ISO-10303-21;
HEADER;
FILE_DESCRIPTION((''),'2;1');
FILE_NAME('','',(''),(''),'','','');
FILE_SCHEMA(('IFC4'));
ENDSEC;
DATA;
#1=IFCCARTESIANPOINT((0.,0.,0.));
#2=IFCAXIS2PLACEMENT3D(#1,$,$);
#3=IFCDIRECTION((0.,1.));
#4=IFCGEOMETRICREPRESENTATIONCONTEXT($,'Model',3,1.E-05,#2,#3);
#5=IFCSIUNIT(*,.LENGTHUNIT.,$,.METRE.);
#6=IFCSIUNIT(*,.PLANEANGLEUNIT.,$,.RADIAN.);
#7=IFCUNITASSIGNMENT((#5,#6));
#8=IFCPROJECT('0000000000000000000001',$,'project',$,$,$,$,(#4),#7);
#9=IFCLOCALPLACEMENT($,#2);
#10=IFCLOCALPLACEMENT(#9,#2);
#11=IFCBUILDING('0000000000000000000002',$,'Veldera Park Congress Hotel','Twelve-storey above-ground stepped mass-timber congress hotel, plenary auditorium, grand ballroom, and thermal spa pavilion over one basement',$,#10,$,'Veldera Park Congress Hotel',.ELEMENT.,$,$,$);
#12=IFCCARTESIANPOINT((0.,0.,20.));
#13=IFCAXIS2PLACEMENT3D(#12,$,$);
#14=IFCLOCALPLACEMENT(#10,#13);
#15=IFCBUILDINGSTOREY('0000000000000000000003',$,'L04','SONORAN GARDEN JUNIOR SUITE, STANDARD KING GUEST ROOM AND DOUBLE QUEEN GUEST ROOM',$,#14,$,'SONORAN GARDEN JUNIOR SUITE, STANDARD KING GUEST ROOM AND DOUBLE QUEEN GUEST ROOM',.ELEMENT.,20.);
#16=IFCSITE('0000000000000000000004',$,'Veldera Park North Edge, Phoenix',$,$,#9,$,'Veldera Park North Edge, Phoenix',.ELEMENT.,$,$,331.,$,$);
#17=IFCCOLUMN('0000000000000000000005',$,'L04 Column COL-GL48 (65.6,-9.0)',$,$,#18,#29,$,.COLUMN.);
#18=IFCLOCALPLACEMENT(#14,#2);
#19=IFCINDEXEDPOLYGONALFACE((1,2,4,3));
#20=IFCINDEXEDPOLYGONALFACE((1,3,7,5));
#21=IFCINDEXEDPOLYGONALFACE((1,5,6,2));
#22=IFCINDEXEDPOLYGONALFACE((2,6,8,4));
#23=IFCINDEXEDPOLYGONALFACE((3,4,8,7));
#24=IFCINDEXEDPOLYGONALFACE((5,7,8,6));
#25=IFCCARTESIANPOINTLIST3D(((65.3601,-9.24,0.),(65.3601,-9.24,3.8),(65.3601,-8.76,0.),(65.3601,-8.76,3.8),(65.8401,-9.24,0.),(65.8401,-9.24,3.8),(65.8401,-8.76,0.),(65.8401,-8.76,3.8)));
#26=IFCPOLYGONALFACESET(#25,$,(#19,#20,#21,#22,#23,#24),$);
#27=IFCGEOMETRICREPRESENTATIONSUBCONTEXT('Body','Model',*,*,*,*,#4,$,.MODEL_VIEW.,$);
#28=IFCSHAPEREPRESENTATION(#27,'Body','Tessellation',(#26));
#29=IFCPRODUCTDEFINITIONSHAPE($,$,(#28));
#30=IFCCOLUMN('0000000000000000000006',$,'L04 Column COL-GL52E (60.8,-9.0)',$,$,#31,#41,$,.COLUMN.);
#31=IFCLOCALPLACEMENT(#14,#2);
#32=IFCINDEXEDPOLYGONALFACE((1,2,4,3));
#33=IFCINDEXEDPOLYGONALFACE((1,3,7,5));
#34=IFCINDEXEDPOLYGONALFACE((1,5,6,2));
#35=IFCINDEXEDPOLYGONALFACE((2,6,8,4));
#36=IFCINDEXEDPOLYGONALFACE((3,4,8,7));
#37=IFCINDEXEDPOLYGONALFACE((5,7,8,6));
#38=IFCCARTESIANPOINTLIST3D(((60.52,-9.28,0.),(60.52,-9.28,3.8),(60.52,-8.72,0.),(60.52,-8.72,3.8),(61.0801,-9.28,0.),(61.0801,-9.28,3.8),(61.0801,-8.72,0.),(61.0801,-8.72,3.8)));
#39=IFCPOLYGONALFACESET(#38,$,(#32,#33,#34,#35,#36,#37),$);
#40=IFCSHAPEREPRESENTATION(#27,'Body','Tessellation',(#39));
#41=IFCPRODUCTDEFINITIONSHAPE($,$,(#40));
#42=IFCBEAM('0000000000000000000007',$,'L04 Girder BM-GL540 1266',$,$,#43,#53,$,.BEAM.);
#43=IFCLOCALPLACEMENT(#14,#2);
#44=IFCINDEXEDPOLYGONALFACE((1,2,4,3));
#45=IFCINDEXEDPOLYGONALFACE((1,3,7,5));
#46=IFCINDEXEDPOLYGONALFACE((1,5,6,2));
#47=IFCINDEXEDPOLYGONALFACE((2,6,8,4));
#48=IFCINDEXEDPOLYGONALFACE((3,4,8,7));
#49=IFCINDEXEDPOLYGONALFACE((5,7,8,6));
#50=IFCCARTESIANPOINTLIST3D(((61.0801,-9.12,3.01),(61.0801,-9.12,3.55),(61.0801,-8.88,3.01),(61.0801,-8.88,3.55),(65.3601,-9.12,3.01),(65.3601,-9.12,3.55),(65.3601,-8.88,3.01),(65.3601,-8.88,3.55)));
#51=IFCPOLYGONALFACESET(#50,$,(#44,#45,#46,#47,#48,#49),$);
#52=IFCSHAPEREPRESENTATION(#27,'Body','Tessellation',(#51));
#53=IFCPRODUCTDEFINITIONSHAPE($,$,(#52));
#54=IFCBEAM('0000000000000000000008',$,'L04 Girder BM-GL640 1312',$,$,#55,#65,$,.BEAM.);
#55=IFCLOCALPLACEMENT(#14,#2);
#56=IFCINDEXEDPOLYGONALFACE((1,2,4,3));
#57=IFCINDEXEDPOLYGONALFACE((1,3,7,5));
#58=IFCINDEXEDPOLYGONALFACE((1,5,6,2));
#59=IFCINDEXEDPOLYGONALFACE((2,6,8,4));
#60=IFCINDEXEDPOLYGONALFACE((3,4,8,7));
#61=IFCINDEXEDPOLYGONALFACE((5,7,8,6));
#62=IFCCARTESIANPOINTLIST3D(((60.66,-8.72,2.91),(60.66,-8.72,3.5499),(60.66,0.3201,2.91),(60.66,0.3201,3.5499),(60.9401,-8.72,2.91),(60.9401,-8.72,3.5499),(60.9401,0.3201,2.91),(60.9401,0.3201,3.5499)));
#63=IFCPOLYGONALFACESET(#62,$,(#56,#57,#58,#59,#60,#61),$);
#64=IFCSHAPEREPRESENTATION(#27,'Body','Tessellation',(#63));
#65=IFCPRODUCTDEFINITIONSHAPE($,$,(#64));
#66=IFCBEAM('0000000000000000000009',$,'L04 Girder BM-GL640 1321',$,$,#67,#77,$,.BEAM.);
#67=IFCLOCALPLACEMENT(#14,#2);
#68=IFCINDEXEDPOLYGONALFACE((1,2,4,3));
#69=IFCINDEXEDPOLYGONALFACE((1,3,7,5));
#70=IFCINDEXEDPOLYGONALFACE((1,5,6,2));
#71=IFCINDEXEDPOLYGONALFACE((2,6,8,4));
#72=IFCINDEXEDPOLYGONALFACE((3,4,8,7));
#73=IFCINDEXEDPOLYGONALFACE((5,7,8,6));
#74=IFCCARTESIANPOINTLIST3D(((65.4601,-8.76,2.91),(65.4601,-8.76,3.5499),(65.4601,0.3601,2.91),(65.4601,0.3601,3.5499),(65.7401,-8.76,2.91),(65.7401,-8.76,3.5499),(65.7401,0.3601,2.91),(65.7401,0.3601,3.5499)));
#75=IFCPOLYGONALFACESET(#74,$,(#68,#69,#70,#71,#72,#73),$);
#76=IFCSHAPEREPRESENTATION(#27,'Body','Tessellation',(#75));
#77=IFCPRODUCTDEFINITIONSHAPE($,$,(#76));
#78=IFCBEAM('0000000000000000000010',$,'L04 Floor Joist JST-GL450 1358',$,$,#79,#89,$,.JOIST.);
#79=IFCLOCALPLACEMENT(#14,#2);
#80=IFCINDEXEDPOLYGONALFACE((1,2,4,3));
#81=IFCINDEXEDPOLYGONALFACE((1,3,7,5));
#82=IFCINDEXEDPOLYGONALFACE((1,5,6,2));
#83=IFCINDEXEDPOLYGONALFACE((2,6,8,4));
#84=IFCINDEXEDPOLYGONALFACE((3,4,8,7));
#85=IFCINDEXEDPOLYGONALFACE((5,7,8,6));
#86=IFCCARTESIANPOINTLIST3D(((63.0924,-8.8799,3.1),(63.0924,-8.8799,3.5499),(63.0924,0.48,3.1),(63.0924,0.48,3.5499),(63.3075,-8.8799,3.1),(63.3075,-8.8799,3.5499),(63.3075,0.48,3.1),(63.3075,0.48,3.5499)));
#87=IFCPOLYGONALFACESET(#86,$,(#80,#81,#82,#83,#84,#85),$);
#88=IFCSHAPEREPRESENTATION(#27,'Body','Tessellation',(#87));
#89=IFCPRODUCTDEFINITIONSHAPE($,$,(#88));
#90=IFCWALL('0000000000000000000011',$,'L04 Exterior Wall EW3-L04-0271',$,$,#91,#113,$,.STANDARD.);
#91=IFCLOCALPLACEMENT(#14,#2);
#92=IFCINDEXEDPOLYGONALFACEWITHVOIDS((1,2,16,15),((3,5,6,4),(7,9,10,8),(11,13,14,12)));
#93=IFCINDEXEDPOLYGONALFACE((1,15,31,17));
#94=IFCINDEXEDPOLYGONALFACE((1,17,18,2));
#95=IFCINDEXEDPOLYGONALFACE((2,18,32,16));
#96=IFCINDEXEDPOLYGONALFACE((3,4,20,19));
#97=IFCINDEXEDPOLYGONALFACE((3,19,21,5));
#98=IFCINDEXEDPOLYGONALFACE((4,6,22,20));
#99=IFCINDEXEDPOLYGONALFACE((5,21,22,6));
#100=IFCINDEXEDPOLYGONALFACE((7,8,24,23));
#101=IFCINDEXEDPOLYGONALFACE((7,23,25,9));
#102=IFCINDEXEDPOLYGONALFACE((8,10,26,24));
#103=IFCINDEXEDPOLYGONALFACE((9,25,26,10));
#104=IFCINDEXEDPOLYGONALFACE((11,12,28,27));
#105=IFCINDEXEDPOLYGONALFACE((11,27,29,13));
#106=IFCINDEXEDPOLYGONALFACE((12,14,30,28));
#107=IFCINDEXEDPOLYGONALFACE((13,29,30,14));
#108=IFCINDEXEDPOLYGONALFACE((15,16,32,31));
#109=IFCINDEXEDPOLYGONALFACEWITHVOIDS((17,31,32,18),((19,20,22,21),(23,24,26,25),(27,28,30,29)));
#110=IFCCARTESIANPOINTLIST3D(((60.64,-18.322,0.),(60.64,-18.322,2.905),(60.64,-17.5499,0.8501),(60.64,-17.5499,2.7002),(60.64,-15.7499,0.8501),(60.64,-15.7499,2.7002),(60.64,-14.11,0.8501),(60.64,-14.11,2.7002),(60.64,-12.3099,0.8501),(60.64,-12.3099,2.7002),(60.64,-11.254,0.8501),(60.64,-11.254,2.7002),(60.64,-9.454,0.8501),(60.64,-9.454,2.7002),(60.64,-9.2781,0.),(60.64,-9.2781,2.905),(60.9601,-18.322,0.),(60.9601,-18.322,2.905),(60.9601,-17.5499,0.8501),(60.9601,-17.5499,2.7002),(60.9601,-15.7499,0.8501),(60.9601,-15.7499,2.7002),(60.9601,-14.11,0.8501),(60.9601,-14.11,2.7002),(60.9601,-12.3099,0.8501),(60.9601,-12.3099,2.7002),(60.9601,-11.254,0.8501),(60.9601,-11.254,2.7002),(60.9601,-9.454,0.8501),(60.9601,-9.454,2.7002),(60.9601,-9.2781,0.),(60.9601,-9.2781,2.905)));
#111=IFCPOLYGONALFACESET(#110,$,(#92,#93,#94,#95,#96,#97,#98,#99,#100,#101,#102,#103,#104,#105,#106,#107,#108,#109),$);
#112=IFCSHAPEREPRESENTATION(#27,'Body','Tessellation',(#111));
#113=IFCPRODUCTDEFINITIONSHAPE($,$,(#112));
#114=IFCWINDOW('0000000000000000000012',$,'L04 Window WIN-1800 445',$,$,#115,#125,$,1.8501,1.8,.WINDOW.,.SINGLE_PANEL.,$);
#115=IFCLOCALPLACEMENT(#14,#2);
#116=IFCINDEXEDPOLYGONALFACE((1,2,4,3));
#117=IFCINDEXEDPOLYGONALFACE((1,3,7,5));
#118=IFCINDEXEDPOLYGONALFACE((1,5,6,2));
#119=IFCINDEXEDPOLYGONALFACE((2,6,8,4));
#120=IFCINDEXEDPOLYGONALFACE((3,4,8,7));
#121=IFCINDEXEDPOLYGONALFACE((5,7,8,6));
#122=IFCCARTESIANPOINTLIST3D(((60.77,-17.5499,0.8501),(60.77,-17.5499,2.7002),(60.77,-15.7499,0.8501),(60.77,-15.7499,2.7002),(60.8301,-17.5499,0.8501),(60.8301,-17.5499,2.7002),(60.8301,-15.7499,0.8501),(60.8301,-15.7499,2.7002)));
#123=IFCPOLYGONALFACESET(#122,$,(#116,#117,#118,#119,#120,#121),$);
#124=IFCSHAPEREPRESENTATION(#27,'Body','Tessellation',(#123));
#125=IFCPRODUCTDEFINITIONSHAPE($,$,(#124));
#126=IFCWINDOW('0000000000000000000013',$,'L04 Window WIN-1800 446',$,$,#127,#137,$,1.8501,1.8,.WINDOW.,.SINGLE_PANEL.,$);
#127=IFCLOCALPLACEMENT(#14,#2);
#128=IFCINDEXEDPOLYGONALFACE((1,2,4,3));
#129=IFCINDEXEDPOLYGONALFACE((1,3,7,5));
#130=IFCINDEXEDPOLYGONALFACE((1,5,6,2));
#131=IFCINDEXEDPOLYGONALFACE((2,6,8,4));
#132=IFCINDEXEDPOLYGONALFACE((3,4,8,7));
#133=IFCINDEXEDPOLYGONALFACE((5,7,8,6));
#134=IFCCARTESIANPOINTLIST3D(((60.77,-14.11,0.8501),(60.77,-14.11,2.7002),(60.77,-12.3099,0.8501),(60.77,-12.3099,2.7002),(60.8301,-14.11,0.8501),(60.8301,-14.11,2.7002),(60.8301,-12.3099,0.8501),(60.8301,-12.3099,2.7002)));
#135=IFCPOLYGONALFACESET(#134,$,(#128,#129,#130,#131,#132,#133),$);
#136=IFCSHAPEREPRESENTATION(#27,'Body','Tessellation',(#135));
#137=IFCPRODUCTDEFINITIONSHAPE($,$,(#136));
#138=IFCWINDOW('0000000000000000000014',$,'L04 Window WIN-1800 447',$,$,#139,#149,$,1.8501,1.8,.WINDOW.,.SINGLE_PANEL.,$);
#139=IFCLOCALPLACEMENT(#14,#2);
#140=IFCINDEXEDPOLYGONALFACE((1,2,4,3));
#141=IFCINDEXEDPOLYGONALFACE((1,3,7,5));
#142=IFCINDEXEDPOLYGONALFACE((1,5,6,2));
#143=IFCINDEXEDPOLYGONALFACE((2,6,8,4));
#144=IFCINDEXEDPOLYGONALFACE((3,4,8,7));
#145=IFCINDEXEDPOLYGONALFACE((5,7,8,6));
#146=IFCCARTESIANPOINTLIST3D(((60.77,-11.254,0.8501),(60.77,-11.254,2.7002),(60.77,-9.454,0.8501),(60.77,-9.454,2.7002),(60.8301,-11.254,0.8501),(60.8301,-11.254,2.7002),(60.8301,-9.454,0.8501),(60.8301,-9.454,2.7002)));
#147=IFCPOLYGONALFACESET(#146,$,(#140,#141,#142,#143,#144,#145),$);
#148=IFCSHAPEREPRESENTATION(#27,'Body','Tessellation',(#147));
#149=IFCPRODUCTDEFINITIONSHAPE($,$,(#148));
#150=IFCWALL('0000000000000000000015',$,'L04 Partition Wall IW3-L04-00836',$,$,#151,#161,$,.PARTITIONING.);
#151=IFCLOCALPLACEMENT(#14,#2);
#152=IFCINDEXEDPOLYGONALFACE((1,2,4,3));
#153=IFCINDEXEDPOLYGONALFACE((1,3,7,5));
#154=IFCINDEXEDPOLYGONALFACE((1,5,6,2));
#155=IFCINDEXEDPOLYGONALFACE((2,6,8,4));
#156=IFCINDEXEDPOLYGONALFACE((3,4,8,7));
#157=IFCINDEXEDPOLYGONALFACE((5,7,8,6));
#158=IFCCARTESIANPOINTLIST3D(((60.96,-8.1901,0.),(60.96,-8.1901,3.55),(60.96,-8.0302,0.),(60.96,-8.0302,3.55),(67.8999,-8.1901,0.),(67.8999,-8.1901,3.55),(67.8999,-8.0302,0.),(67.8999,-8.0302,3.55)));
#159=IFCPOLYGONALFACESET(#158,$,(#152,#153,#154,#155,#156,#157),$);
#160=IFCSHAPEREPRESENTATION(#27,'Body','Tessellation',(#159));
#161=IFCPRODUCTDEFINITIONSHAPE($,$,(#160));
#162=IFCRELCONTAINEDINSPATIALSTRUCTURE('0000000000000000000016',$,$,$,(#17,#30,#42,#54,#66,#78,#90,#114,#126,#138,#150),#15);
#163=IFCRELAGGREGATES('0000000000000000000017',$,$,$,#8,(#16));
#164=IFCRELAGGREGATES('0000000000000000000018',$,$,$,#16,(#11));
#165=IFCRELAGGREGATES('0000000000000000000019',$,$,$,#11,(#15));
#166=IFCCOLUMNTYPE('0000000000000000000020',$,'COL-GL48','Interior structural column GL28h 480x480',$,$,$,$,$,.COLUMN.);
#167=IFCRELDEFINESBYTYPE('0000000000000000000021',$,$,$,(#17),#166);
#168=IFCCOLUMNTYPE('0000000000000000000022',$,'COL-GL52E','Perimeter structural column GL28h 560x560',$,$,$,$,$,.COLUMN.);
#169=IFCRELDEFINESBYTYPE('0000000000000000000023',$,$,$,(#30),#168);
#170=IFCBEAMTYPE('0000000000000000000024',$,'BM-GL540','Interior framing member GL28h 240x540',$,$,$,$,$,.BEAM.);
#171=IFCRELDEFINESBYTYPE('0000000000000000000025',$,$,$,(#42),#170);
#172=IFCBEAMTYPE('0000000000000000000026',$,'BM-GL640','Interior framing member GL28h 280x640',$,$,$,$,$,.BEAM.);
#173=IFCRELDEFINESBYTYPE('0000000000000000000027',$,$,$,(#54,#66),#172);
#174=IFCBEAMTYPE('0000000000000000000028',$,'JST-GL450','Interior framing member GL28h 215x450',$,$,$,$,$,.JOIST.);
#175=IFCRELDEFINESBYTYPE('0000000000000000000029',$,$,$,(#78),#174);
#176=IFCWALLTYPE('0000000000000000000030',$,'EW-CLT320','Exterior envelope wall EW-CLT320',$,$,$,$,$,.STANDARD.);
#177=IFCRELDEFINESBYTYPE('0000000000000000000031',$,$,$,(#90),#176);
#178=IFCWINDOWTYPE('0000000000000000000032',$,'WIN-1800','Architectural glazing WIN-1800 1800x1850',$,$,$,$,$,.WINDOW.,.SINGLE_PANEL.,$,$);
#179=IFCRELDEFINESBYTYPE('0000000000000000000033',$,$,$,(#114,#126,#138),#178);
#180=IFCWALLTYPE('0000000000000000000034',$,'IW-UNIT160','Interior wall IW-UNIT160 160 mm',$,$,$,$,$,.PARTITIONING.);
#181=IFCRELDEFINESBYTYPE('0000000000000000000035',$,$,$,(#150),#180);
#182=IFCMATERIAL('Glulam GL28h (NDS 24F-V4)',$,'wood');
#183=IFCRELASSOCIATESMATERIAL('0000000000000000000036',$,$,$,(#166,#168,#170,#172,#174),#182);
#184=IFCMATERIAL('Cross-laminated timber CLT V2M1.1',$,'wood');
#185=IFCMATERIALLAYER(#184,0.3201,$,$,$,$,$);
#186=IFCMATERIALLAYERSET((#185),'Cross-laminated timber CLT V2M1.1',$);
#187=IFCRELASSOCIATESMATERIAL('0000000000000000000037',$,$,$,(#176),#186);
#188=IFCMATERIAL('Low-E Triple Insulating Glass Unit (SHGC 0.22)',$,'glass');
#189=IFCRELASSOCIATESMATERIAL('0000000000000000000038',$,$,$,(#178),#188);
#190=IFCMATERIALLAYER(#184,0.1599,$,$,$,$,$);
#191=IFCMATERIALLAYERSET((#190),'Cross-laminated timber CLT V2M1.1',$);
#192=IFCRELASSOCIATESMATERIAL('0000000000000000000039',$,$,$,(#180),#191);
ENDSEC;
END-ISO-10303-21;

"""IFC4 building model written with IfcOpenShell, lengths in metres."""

from ifc_helpers import new_model, si_unit, direction, frame, frame_2d, origin, origin_2d, place, context, subcontext, project, spatial, rectangle, extrude, material, layer, layer_set, material_profile, profile_set, type_object, element, fill, save


model = new_model("IFC4")

# Units and contexts
model_context = context("Model", 3, precision=1e-05, world=origin(), true_north=direction((0.0, 1.0)))
body_context = subcontext(model_context, "Body", "Model", "MODEL_VIEW")
ifc_project = project(units=[si_unit("LENGTHUNIT", "METRE"), si_unit("PLANEANGLEUNIT", "RADIAN")], contexts=[model_context])

# Site, building, storey
site_placement = place(None, origin())
site = spatial("IfcSite", under=ifc_project, at=site_placement, Name="Veldera Park North Edge, Phoenix", LongName="Veldera Park North Edge, Phoenix", CompositionType="ELEMENT", RefElevation=331.0)
building_placement = place(site_placement, origin())
building = spatial("IfcBuilding", under=site, at=building_placement, Name="Veldera Park Congress Hotel", Description="Twelve-storey above-ground stepped mass-timber congress hotel, plenary auditorium, grand ballroom, and thermal spa pavilion over one basement", LongName="Veldera Park Congress Hotel", CompositionType="ELEMENT")
storey_placement = place(building_placement, frame((0.0, 0.0, 20.0)))
storey = spatial("IfcBuildingStorey", under=building, at=storey_placement, Name="L04", Description="SONORAN GARDEN JUNIOR SUITE, STANDARD KING GUEST ROOM AND DOUBLE QUEEN GUEST ROOM", LongName="SONORAN GARDEN JUNIOR SUITE, STANDARD KING GUEST ROOM AND DOUBLE QUEEN GUEST ROOM", CompositionType="ELEMENT", Elevation=20.0)

# Columns
ifc_material_1 = material(Name="Glulam GL28h (NDS 24F-V4)", Category="wood")
ifc_material_profile_1 = material_profile(ifc_material_1, rectangle(XDim=0.48, YDim=0.48, at=origin_2d()), Name="GL28h 480x480")
ifc_profile_set_1 = profile_set([ifc_material_profile_1], Name="Glulam GL28h (NDS 24F-V4)")
column_type_1 = type_object("IfcColumnType", Name="COL-GL48", Description="Interior structural column GL28h 480x480", PredefinedType="COLUMN", material=ifc_profile_set_1)
column_1_placement = place(storey_placement, frame((65.6001, -9.0, 0.0), z_axis=(0.0, 0.0, 1.0), x_axis=(1.0, 0.0, 0.0)))
element("IfcColumn", 1, at=column_1_placement, inside=storey, type_object=column_type_1, Name="L04 Column COL-GL48 (65.6,-9.0)", PredefinedType="COLUMN", context=body_context, shape_type="SweptSolid", body=[
    extrude(rectangle(XDim=0.48, YDim=0.48, at=origin_2d()), origin(), (0.0, 0.0, 1.0), 3.8),
])
ifc_material_profile_2 = material_profile(ifc_material_1, rectangle(XDim=0.5601, YDim=0.5601, at=origin_2d()), Name="GL28h 560x560")
ifc_profile_set_2 = profile_set([ifc_material_profile_2], Name="Glulam GL28h (NDS 24F-V4)")
column_type_2 = type_object("IfcColumnType", Name="COL-GL52E", Description="Perimeter structural column GL28h 560x560", PredefinedType="COLUMN", material=ifc_profile_set_2)
column_2_placement = place(storey_placement, frame((60.8, -9.0, 0.0), z_axis=(0.0, 0.0, 1.0), x_axis=(1.0, 0.0, 0.0)))
element("IfcColumn", 2, at=column_2_placement, inside=storey, type_object=column_type_2, Name="L04 Column COL-GL52E (60.8,-9.0)", PredefinedType="COLUMN", context=body_context, shape_type="SweptSolid", body=[
    extrude(rectangle(XDim=0.5601, YDim=0.5601, at=origin_2d()), origin(), (0.0, 0.0, 1.0), 3.8),
])

# Beams
ifc_material_profile_3 = material_profile(ifc_material_1, rectangle(XDim=0.24, YDim=0.54, at=origin_2d()), Name="GL28h 240x540")
ifc_profile_set_3 = profile_set([ifc_material_profile_3], Name="Glulam GL28h (NDS 24F-V4)")
beam_type_1 = type_object("IfcBeamType", Name="BM-GL540", Description="Interior framing member GL28h 240x540", PredefinedType="BEAM", material=ifc_profile_set_3)
beam_1_placement = place(storey_placement, frame((61.0801, -9.0, 3.28), z_axis=(1.0, 0.0, 0.0), x_axis=(0.0, 1.0, 0.0)))
element("IfcBeam", 3, at=beam_1_placement, inside=storey, type_object=beam_type_1, Name="L04 Girder BM-GL540 1266", PredefinedType="BEAM", context=body_context, shape_type="SweptSolid", body=[
    extrude(rectangle(XDim=0.24, YDim=0.54, at=origin_2d()), origin(), (0.0, 0.0, 1.0), 4.28),
])
ifc_material_profile_4 = material_profile(ifc_material_1, rectangle(XDim=0.28, YDim=0.6399, at=origin_2d()), Name="GL28h 280x640")
ifc_profile_set_4 = profile_set([ifc_material_profile_4], Name="Glulam GL28h (NDS 24F-V4)")
beam_type_2 = type_object("IfcBeamType", Name="BM-GL640", Description="Interior framing member GL28h 280x640", PredefinedType="BEAM", material=ifc_profile_set_4)
beam_2_placement = place(storey_placement, frame((60.8, -8.72, 3.23), z_axis=(0.0, 1.0, 0.0), x_axis=(-1.0, 0.0, 0.0)))
element("IfcBeam", 4, at=beam_2_placement, inside=storey, type_object=beam_type_2, Name="L04 Girder BM-GL640 1312", PredefinedType="BEAM", context=body_context, shape_type="SweptSolid", body=[
    extrude(rectangle(XDim=0.28, YDim=0.6399, at=origin_2d()), origin(), (0.0, 0.0, 1.0), 9.04),
])
beam_3_placement = place(storey_placement, frame((65.6001, -8.76, 3.23), z_axis=(0.0, 1.0, 0.0), x_axis=(-1.0, 0.0, 0.0)))
element("IfcBeam", 5, at=beam_3_placement, inside=storey, type_object=beam_type_2, Name="L04 Girder BM-GL640 1321", PredefinedType="BEAM", context=body_context, shape_type="SweptSolid", body=[
    extrude(rectangle(XDim=0.28, YDim=0.6399, at=origin_2d()), origin(), (0.0, 0.0, 1.0), 9.1201),
])
ifc_material_profile_5 = material_profile(ifc_material_1, rectangle(XDim=0.2151, YDim=0.45, at=origin_2d()), Name="GL28h 215x450")
ifc_profile_set_5 = profile_set([ifc_material_profile_5], Name="Glulam GL28h (NDS 24F-V4)")
beam_type_3 = type_object("IfcBeamType", Name="JST-GL450", Description="Interior framing member GL28h 215x450", PredefinedType="JOIST", material=ifc_profile_set_5)
beam_4_placement = place(storey_placement, frame((63.2, -8.8799, 3.325), z_axis=(0.0, 1.0, 0.0), x_axis=(-1.0, 0.0, 0.0)))
element("IfcBeam", 6, at=beam_4_placement, inside=storey, type_object=beam_type_3, Name="L04 Floor Joist JST-GL450 1358", PredefinedType="JOIST", context=body_context, shape_type="SweptSolid", body=[
    extrude(rectangle(XDim=0.2151, YDim=0.45, at=origin_2d()), origin(), (0.0, 0.0, 1.0), 9.3599),
])

# Wall, openings, windows
ifc_material_2 = material(Name="Cross-laminated timber CLT V2M1.1", Category="wood")
ifc_layer_1 = layer(ifc_material_2, 0.3201)
ifc_layer_set_1 = layer_set([ifc_layer_1], Name="Cross-laminated timber CLT V2M1.1")
wall_type_1 = type_object("IfcWallType", Name="EW-CLT320", Description="Exterior envelope wall EW-CLT320", PredefinedType="STANDARD", material=ifc_layer_set_1)
wall_1_placement = place(storey_placement, frame((60.8, -9.2781, 0.0), z_axis=(0.0, 0.0, 1.0), x_axis=(0.0, -1.0, 0.0)))
wall_1 = element("IfcWall", 7, at=wall_1_placement, inside=storey, type_object=wall_type_1, Name="L04 Exterior Wall EW3-L04-0271", PredefinedType="STANDARD", context=body_context, shape_type="SweptSolid", body=[
    extrude(rectangle(XDim=9.0439, YDim=0.3201, at=frame_2d((4.522, 0.0))), origin(), (0.0, 0.0, 1.0), 2.905),
])
opening_1_placement = place(wall_1_placement, frame((6.4719, 0.0, 0.8501)))
opening_1 = element("IfcOpeningElement", 8, at=opening_1_placement, cuts=wall_1, PredefinedType="OPENING", context=body_context, shape_type="SweptSolid", body=[
    extrude(rectangle(XDim=1.8, YDim=1.8501, at=frame_2d((0.8999, 0.925))), frame((0.0, 0.1721, 0.0), z_axis=(0.0, -1.0, 0.0), x_axis=(1.0, 0.0, 0.0)), (0.0, 0.0, 1.0), 0.344),
])
opening_2_placement = place(wall_1_placement, frame((3.032, 0.0, 0.8501)))
opening_2 = element("IfcOpeningElement", 9, at=opening_2_placement, cuts=wall_1, PredefinedType="OPENING", context=body_context, shape_type="SweptSolid", body=[
    extrude(rectangle(XDim=1.8, YDim=1.8501, at=frame_2d((0.8999, 0.925))), frame((0.0, 0.1721, 0.0), z_axis=(0.0, -1.0, 0.0), x_axis=(1.0, 0.0, 0.0)), (0.0, 0.0, 1.0), 0.344),
])
opening_3_placement = place(wall_1_placement, frame((0.176, 0.0, 0.8501)))
opening_3 = element("IfcOpeningElement", 10, at=opening_3_placement, cuts=wall_1, PredefinedType="OPENING", context=body_context, shape_type="SweptSolid", body=[
    extrude(rectangle(XDim=1.8, YDim=1.8501, at=frame_2d((0.8999, 0.925))), frame((0.0, 0.1721, 0.0), z_axis=(0.0, -1.0, 0.0), x_axis=(1.0, 0.0, 0.0)), (0.0, 0.0, 1.0), 0.344),
])
ifc_material_3 = material(Name="Low-E Triple Insulating Glass Unit (SHGC 0.22)", Category="glass")
window_type = type_object("IfcWindowType", Name="WIN-1800", Description="Architectural glazing WIN-1800 1800x1850", PartitioningType="SINGLE_PANEL", PredefinedType="WINDOW", material=ifc_material_3)
window_1_placement = place(opening_1_placement, origin())
window_1 = element("IfcWindow", 11, at=window_1_placement, inside=storey, type_object=window_type, Name="L04 Window WIN-1800 445", OverallHeight=1.8501, OverallWidth=1.8, PartitioningType="SINGLE_PANEL", PredefinedType="WINDOW", context=body_context, shape_type="SweptSolid", body=[
    extrude(rectangle(XDim=1.8, YDim=1.8501, at=frame_2d((0.8999, 0.925))), frame((0.0, 0.03, 0.0), z_axis=(0.0, -1.0, 0.0), x_axis=(1.0, 0.0, 0.0)), (0.0, 0.0, 1.0), 0.0601),
])
fill(opening_1, window_1)
window_2_placement = place(opening_2_placement, origin())
window_2 = element("IfcWindow", 12, at=window_2_placement, inside=storey, type_object=window_type, Name="L04 Window WIN-1800 446", OverallHeight=1.8501, OverallWidth=1.8, PartitioningType="SINGLE_PANEL", PredefinedType="WINDOW", context=body_context, shape_type="SweptSolid", body=[
    extrude(rectangle(XDim=1.8, YDim=1.8501, at=frame_2d((0.8999, 0.925))), frame((0.0, 0.03, 0.0), z_axis=(0.0, -1.0, 0.0), x_axis=(1.0, 0.0, 0.0)), (0.0, 0.0, 1.0), 0.0601),
])
fill(opening_2, window_2)
window_3_placement = place(opening_3_placement, origin())
window_3 = element("IfcWindow", 13, at=window_3_placement, inside=storey, type_object=window_type, Name="L04 Window WIN-1800 447", OverallHeight=1.8501, OverallWidth=1.8, PartitioningType="SINGLE_PANEL", PredefinedType="WINDOW", context=body_context, shape_type="SweptSolid", body=[
    extrude(rectangle(XDim=1.8, YDim=1.8501, at=frame_2d((0.8999, 0.925))), frame((0.0, 0.03, 0.0), z_axis=(0.0, -1.0, 0.0), x_axis=(1.0, 0.0, 0.0)), (0.0, 0.0, 1.0), 0.0601),
])
fill(opening_3, window_3)

# Wall
ifc_layer_2 = layer(ifc_material_2, 0.1599)
ifc_layer_set_2 = layer_set([ifc_layer_2], Name="Cross-laminated timber CLT V2M1.1")
wall_type_2 = type_object("IfcWallType", Name="IW-UNIT160", Description="Interior wall IW-UNIT160 160 mm", PredefinedType="PARTITIONING", material=ifc_layer_set_2)
wall_2_placement = place(storey_placement, frame((60.96, -8.1101, 0.0), z_axis=(0.0, 0.0, 1.0), x_axis=(1.0, 0.0, 0.0)))
element("IfcWall", 14, at=wall_2_placement, inside=storey, type_object=wall_type_2, Name="L04 Partition Wall IW3-L04-00836", PredefinedType="PARTITIONING", context=body_context, shape_type="SweptSolid", body=[
    extrude(rectangle(XDim=6.9399, YDim=0.1599, at=frame_2d((3.47, 0.0))), origin(), (0.0, 0.0, 1.0), 3.55),
])

save(model, "model.ifc")
